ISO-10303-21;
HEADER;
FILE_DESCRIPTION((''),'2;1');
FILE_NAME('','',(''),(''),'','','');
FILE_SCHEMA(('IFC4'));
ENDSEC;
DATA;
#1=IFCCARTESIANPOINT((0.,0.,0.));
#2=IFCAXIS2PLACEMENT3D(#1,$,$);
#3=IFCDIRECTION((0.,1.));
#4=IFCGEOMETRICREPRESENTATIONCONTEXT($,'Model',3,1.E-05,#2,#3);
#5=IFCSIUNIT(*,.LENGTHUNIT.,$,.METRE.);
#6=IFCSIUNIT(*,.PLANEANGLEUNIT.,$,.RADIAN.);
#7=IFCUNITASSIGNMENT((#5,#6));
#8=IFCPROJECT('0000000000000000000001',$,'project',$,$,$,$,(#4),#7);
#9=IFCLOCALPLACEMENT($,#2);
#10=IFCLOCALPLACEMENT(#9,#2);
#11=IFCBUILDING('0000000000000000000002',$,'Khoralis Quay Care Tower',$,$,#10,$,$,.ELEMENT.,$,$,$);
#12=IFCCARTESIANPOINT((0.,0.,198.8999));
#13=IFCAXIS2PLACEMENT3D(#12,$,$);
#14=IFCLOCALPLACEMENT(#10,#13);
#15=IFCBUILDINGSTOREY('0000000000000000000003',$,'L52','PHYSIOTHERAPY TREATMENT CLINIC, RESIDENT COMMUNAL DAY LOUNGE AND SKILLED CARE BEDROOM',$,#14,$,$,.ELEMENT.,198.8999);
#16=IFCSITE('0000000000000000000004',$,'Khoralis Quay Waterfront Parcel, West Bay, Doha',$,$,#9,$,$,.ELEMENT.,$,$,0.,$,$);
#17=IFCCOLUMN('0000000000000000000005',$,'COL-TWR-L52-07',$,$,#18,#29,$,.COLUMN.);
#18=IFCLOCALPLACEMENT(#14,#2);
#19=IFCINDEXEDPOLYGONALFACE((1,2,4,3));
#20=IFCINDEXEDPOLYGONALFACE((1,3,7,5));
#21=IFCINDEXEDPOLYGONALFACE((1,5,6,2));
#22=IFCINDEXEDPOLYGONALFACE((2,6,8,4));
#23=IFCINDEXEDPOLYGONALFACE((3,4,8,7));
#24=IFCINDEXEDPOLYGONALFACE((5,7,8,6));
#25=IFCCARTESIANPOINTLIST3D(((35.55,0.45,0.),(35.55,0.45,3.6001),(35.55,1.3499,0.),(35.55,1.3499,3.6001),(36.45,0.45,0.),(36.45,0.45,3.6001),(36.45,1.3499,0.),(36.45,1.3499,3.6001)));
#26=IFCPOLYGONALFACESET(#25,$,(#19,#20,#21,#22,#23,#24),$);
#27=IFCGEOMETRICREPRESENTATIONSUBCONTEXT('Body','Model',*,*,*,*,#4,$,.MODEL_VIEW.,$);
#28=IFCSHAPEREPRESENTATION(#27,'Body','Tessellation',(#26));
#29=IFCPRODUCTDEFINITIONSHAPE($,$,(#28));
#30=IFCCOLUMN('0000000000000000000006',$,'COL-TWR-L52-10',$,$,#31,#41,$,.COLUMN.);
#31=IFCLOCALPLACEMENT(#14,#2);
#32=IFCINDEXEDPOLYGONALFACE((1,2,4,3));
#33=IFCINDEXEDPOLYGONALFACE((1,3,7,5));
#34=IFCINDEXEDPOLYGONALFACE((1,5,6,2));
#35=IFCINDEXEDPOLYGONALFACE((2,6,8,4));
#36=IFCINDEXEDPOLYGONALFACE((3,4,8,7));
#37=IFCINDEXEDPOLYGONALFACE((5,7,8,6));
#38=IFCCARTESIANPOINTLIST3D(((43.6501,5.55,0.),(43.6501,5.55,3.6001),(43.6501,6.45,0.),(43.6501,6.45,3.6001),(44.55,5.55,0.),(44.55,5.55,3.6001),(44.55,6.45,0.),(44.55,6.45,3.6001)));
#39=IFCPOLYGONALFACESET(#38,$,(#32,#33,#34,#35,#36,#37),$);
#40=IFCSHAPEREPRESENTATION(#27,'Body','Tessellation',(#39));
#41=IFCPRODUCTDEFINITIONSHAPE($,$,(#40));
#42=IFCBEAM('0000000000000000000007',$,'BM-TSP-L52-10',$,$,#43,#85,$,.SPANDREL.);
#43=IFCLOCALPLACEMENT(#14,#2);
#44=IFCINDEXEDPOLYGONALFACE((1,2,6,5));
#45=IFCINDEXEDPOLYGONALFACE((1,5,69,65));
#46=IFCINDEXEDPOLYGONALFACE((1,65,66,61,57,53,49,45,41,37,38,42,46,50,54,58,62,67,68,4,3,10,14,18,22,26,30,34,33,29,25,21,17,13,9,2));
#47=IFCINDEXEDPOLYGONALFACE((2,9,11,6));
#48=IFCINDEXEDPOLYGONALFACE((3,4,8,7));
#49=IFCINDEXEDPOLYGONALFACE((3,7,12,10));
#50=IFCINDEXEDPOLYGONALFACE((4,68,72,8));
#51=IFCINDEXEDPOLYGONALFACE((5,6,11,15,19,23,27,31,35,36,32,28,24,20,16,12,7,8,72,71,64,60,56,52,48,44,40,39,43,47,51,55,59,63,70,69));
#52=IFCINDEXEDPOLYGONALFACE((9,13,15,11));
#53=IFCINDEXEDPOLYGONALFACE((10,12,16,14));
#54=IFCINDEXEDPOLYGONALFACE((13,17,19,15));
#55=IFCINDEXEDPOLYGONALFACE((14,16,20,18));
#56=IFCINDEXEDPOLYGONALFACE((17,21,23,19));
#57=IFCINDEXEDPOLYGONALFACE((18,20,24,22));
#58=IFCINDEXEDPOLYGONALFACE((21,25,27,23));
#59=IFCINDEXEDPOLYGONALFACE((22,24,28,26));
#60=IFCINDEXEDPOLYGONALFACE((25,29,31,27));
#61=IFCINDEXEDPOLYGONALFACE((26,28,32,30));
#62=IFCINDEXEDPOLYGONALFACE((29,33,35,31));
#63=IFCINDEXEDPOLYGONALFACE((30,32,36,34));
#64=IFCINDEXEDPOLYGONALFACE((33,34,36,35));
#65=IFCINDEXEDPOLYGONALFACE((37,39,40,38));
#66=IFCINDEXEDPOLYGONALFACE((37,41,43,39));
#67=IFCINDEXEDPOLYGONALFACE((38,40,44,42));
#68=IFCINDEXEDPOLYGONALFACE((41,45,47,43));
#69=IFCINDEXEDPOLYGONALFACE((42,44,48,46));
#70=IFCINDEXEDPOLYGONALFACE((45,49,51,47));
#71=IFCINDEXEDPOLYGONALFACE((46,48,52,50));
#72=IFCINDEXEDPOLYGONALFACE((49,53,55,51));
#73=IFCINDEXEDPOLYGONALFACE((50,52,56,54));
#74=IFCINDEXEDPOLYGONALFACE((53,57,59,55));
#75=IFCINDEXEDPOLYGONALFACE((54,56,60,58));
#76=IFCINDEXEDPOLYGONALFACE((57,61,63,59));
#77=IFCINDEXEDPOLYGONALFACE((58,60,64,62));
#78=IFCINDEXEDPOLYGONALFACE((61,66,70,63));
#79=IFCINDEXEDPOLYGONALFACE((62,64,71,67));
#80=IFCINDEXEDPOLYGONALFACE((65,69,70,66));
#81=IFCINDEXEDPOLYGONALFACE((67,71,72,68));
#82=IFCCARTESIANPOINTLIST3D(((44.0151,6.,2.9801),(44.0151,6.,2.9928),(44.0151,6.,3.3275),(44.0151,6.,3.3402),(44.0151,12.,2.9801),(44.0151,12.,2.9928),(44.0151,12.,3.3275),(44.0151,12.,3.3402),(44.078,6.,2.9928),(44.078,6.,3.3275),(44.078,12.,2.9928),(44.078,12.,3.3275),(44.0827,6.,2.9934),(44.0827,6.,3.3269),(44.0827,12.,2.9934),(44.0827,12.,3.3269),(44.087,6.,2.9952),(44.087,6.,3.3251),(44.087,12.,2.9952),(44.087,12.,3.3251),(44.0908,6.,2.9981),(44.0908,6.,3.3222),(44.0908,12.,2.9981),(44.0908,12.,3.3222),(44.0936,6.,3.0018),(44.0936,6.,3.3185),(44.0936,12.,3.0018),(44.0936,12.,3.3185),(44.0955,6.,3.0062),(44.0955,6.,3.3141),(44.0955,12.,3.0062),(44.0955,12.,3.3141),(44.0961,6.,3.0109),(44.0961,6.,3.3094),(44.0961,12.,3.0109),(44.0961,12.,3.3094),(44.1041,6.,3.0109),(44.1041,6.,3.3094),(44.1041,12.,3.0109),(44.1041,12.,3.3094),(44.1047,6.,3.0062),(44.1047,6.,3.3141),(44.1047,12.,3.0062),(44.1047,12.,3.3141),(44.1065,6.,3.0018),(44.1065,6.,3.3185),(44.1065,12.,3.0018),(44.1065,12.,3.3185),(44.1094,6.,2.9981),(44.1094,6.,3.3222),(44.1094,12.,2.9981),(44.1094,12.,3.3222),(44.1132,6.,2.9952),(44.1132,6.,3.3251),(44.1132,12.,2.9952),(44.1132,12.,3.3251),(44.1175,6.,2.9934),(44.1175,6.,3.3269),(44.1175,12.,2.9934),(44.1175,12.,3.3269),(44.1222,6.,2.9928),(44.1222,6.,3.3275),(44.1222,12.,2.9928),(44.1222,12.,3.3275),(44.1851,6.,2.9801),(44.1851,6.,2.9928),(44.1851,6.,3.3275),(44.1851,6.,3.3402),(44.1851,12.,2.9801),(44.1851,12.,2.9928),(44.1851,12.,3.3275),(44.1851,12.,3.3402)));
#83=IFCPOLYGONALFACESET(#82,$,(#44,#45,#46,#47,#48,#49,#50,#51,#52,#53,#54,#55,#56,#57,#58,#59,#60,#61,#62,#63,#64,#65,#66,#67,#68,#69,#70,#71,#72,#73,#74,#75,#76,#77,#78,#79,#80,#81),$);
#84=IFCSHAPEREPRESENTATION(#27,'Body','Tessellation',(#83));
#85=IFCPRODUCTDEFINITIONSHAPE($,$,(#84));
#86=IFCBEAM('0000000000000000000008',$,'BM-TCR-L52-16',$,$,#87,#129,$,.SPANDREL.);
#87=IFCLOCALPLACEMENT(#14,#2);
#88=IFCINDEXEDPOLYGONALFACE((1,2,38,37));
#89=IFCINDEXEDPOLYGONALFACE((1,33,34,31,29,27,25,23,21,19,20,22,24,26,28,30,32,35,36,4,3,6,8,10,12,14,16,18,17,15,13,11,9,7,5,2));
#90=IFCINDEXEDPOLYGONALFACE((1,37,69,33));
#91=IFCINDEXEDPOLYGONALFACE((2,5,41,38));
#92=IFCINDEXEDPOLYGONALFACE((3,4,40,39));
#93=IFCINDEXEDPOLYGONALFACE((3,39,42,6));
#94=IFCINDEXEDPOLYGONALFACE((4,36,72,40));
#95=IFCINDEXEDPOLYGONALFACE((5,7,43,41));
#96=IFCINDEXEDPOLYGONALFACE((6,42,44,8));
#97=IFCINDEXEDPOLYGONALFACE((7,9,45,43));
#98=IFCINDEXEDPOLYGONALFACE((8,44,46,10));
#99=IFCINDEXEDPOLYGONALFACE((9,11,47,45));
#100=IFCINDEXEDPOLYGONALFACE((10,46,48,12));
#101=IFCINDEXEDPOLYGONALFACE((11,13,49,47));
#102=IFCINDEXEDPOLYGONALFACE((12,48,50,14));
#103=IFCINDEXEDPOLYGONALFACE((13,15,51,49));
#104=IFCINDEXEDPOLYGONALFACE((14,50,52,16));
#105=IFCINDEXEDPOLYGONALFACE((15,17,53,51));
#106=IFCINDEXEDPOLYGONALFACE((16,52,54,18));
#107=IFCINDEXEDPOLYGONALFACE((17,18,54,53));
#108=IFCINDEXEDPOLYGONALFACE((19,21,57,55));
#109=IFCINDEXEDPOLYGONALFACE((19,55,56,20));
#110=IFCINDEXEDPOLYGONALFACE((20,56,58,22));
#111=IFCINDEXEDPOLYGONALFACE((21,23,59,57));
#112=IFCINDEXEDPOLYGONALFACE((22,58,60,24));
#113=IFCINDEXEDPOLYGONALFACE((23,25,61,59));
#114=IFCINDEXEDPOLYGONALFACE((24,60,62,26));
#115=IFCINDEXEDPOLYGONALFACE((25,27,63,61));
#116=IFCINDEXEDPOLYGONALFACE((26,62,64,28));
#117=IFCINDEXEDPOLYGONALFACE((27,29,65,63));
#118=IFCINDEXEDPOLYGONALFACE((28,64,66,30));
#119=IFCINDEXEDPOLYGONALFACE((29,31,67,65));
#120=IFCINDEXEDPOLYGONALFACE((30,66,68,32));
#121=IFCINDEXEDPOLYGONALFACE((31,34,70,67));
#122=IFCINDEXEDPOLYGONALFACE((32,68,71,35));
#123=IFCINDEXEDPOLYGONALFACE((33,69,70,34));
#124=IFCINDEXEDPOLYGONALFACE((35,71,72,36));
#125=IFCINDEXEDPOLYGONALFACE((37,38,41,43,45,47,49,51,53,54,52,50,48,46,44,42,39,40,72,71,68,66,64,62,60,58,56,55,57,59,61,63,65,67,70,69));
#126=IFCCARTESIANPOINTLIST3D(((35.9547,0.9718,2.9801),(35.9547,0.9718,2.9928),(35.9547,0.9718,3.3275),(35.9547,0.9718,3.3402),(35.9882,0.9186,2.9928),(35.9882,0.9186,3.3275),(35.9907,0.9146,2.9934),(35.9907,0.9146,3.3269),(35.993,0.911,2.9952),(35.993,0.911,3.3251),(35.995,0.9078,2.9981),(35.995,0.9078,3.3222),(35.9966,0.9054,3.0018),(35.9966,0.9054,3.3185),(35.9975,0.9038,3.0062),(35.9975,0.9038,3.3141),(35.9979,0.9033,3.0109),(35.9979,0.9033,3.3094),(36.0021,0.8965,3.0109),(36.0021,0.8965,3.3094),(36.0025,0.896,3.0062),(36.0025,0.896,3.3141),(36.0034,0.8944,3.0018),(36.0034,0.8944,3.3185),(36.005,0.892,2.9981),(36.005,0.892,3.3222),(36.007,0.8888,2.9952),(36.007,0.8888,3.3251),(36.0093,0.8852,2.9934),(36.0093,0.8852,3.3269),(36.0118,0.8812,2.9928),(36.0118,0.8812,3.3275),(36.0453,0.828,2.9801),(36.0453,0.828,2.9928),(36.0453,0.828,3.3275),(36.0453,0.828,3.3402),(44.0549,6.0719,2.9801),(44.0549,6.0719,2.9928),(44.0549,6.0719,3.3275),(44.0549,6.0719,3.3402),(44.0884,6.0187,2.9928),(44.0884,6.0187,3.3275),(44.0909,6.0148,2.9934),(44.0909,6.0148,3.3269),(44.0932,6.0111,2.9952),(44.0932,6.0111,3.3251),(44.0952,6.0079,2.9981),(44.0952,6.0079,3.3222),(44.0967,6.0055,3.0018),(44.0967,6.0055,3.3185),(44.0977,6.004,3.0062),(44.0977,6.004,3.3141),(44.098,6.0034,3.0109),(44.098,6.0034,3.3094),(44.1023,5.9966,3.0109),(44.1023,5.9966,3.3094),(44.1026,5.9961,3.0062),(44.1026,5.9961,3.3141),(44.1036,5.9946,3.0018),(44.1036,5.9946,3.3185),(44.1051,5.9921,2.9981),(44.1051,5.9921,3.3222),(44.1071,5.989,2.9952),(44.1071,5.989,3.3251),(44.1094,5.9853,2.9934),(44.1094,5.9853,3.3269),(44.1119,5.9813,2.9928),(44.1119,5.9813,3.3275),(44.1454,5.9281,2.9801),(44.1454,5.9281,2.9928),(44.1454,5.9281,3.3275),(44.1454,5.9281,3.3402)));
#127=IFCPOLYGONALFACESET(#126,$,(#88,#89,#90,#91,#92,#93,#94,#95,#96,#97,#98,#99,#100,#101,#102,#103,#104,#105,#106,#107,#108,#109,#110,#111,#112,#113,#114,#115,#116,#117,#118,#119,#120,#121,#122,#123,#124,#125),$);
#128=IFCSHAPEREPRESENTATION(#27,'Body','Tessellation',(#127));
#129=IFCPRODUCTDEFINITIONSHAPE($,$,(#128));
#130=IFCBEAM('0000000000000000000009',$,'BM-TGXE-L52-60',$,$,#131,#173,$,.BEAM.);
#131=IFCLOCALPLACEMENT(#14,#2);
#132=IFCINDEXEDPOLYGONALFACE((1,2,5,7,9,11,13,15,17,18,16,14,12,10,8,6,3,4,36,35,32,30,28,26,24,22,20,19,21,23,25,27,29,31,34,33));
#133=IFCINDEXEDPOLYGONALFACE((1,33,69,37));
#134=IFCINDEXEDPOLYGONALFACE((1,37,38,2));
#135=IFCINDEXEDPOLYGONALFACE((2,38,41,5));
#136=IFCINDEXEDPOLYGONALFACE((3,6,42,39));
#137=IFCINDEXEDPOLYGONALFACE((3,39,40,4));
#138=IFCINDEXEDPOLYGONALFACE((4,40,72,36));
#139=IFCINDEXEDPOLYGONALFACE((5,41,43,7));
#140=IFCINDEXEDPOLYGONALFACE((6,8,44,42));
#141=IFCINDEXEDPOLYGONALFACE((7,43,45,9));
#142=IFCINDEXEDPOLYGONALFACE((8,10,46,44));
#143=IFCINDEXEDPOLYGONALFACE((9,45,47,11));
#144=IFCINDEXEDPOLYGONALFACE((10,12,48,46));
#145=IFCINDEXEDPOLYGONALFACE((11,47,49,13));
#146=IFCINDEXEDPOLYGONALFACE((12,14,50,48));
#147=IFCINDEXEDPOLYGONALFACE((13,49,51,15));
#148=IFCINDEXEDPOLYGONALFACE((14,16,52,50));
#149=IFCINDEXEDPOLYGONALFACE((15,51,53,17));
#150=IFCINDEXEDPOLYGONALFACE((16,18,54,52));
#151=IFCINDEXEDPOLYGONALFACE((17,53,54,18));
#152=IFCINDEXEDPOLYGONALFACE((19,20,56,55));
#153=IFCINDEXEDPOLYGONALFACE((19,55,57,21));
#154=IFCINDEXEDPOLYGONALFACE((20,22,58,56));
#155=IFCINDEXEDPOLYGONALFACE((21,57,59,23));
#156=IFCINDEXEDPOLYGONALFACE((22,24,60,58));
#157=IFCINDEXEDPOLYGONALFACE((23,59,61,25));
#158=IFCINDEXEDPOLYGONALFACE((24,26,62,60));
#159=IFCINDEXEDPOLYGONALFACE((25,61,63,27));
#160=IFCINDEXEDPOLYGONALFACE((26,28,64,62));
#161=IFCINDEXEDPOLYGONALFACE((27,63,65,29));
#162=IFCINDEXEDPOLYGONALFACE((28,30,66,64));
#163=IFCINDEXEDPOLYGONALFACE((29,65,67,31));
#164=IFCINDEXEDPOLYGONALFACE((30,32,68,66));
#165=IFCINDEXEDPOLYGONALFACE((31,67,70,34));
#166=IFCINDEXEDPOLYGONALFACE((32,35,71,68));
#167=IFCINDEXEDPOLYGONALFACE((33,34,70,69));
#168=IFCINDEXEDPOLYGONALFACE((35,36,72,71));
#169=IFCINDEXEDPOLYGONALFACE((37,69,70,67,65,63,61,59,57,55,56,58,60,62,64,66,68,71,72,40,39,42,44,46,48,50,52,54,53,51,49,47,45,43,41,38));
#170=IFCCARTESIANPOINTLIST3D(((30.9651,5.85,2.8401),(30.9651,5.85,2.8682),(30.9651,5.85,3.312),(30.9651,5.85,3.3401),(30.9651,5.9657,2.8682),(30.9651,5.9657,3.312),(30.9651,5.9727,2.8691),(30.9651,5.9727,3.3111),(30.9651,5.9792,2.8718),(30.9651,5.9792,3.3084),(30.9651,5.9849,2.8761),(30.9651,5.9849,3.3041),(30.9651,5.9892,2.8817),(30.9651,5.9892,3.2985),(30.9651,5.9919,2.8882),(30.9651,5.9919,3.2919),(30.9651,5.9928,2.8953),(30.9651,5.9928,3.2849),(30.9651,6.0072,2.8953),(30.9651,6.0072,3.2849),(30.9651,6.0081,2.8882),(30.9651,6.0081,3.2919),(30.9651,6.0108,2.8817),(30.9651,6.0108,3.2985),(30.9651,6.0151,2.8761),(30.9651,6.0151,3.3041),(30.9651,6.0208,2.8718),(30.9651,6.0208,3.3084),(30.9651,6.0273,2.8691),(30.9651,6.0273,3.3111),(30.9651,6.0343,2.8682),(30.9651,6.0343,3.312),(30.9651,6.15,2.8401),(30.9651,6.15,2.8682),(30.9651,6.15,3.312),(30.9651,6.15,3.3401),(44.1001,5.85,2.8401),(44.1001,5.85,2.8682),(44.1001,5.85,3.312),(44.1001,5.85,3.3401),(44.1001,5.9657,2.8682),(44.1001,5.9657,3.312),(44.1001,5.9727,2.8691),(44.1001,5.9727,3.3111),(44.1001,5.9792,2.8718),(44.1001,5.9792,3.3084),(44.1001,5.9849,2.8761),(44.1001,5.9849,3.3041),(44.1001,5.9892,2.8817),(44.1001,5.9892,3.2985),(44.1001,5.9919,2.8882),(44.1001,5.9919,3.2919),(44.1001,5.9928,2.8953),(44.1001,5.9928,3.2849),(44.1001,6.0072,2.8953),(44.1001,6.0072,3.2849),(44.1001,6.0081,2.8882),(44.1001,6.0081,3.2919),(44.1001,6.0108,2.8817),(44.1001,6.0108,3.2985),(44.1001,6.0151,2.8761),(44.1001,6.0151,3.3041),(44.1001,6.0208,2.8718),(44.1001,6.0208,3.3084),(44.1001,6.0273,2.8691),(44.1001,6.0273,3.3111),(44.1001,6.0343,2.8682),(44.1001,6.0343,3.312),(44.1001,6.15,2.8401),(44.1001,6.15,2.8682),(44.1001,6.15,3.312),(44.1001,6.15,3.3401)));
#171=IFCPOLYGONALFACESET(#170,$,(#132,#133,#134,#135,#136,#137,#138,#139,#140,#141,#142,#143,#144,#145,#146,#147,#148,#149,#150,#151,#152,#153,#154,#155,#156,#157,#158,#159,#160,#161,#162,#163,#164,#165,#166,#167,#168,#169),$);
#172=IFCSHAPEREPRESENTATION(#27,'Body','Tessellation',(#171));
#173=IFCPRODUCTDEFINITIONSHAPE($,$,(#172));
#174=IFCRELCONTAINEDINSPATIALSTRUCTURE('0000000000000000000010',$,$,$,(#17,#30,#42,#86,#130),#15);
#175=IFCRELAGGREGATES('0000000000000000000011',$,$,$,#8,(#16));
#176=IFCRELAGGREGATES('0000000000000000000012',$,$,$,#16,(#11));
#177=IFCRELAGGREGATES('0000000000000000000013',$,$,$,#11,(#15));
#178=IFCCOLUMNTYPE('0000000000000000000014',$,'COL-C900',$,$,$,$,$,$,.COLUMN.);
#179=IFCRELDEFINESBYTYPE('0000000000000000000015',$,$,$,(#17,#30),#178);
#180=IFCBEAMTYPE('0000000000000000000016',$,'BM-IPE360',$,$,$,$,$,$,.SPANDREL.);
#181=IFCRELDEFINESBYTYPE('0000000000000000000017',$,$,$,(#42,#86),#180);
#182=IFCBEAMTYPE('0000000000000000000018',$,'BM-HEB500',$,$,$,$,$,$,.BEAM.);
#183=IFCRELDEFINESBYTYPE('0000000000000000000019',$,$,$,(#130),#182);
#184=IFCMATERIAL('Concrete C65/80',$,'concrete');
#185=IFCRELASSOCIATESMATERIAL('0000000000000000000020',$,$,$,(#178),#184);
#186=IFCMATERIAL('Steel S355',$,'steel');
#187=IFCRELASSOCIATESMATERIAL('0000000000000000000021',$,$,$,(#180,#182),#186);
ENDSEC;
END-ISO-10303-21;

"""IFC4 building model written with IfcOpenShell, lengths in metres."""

from ifc_helpers import new_model, si_unit, direction, frame, origin, origin_2d, place, context, subcontext, project, spatial, rectangle, i_section, extrude, source, transform, mapped, material, material_profile, profile_set, type_object, element, save


model = new_model("IFC4")

# Units and contexts
model_context = context("Model", 3, precision=1e-05, world=origin(), true_north=direction((0.0, 1.0)))
body_context = subcontext(model_context, "Body", "Model", "MODEL_VIEW")
ifc_project = project(units=[si_unit("LENGTHUNIT", "METRE"), si_unit("PLANEANGLEUNIT", "RADIAN")], contexts=[model_context])

# Site, building, storey
site_placement = place(None, origin())
site = spatial("IfcSite", under=ifc_project, at=site_placement, Name="Khoralis Quay Waterfront Parcel, West Bay, Doha", CompositionType="ELEMENT", RefElevation=0.0)
building_placement = place(site_placement, origin())
building = spatial("IfcBuilding", under=site, at=building_placement, Name="Khoralis Quay Care Tower", CompositionType="ELEMENT")
storey_placement = place(building_placement, frame((0.0, 0.0, 198.8999)))
storey = spatial("IfcBuildingStorey", under=building, at=storey_placement, Name="L52", Description="PHYSIOTHERAPY TREATMENT CLINIC, RESIDENT COMMUNAL DAY LOUNGE AND SKILLED CARE BEDROOM", CompositionType="ELEMENT", Elevation=198.8999)

# Columns
ifc_material_1 = material(Name="Concrete C65/80", Category="concrete")
ifc_material_profile_1 = material_profile(ifc_material_1, rectangle(XDim=0.8999, YDim=0.8999, at=origin_2d()), Name="Concrete C65/80")
ifc_profile_set_1 = profile_set([ifc_material_profile_1], Name="Concrete C65/80")
column_type = type_object("IfcColumnType", Name="COL-C900", PredefinedType="COLUMN", material=ifc_profile_set_1)
shared_shape_1 = source(origin(), body_context, "Body", "SweptSolid", [
    extrude(rectangle(XDim=0.8999, YDim=0.8999, at=origin_2d()), origin(), (0.0, 0.0, 1.0), 3.6001),
])
for number, where, z_axis, x_axis, name in (
    (1, (36.0, 0.8999, 0.0), (0.0, 0.0, 1.0), (1.0, 0.0, 0.0), "COL-TWR-L52-07"),
    (2, (44.1001, 6.0, 0.0), (0.0, 0.0, 1.0), (1.0, 0.0, 0.0), "COL-TWR-L52-10"),
):
    element("IfcColumn", number, at=place(storey_placement, frame(where, z_axis=z_axis, x_axis=x_axis)), inside=storey, type_object=column_type, Name=name, PredefinedType="COLUMN", context=body_context, shape_type="MappedRepresentation", body=[
        mapped(shared_shape_1, transform((0.0, 0.0, 0.0), scale=1.0)),
    ])

# Beams
ifc_material_2 = material(Name="Steel S355", Category="steel")
ifc_material_profile_2 = material_profile(ifc_material_2, i_section(OverallWidth=0.1699, OverallDepth=0.3601, WebThickness=0.0081, FlangeThickness=0.0127, FilletRadius=0.0181, at=origin_2d()), Name="Steel S355")
ifc_profile_set_2 = profile_set([ifc_material_profile_2], Name="Steel S355")
beam_type_1 = type_object("IfcBeamType", Name="BM-IPE360", PredefinedType="SPANDREL", material=ifc_profile_set_2)
shared_shape_2 = source(origin(), body_context, "Body", "SweptSolid", [
    extrude(i_section(OverallWidth=0.1699, OverallDepth=0.3601, WebThickness=0.0081, FlangeThickness=0.0127, FilletRadius=0.0181, at=origin_2d()), origin(), (0.0, 0.0, 1.0), 6.0),
])
beam_1_placement = place(storey_placement, frame((44.1001, 6.0, 3.1602), z_axis=(0.0, 1.0, 0.0), x_axis=(-1.0, 0.0, 0.0)))
element("IfcBeam", 3, at=beam_1_placement, inside=storey, type_object=beam_type_1, Name="BM-TSP-L52-10", PredefinedType="SPANDREL", context=body_context, shape_type="MappedRepresentation", body=[
    mapped(shared_shape_2, transform((0.0, 0.0, 0.0), scale=1.0)),
])
shared_shape_3 = source(origin(), body_context, "Body", "SweptSolid", [
    extrude(i_section(OverallWidth=0.1699, OverallDepth=0.3601, WebThickness=0.0081, FlangeThickness=0.0127, FilletRadius=0.0181, at=origin_2d()), origin(), (0.0, 0.0, 1.0), 9.572),
])
beam_2_placement = place(storey_placement, frame((36.0, 0.8999, 3.1602), z_axis=(0.846231, 0.532816, 0.0), x_axis=(-0.532816, 0.846231, 0.0)))
element("IfcBeam", 4, at=beam_2_placement, inside=storey, type_object=beam_type_1, Name="BM-TCR-L52-16", PredefinedType="SPANDREL", context=body_context, shape_type="MappedRepresentation", body=[
    mapped(shared_shape_3, transform((0.0, 0.0, 0.0), scale=1.0)),
])
ifc_material_profile_3 = material_profile(ifc_material_2, i_section(OverallWidth=0.3, OverallDepth=0.5, WebThickness=0.0144, FlangeThickness=0.0281, FilletRadius=0.0271, at=origin_2d()), Name="Steel S355")
ifc_profile_set_3 = profile_set([ifc_material_profile_3], Name="Steel S355")
beam_type_2 = type_object("IfcBeamType", Name="BM-HEB500", PredefinedType="BEAM", material=ifc_profile_set_3)
shared_shape_4 = source(origin(), body_context, "Body", "SweptSolid", [
    extrude(i_section(OverallWidth=0.3, OverallDepth=0.5, WebThickness=0.0144, FlangeThickness=0.0281, FilletRadius=0.0271, at=origin_2d()), origin(), (0.0, 0.0, 1.0), 13.135),
])
beam_3_placement = place(storey_placement, frame((30.9651, 6.0, 3.0901), z_axis=(1.0, 0.0, 0.0), x_axis=(0.0, 1.0, 0.0)))
element("IfcBeam", 5, at=beam_3_placement, inside=storey, type_object=beam_type_2, Name="BM-TGXE-L52-60", PredefinedType="BEAM", context=body_context, shape_type="MappedRepresentation", body=[
    mapped(shared_shape_4, transform((0.0, 0.0, 0.0), scale=1.0)),
])

save(model, "model.ifc")
